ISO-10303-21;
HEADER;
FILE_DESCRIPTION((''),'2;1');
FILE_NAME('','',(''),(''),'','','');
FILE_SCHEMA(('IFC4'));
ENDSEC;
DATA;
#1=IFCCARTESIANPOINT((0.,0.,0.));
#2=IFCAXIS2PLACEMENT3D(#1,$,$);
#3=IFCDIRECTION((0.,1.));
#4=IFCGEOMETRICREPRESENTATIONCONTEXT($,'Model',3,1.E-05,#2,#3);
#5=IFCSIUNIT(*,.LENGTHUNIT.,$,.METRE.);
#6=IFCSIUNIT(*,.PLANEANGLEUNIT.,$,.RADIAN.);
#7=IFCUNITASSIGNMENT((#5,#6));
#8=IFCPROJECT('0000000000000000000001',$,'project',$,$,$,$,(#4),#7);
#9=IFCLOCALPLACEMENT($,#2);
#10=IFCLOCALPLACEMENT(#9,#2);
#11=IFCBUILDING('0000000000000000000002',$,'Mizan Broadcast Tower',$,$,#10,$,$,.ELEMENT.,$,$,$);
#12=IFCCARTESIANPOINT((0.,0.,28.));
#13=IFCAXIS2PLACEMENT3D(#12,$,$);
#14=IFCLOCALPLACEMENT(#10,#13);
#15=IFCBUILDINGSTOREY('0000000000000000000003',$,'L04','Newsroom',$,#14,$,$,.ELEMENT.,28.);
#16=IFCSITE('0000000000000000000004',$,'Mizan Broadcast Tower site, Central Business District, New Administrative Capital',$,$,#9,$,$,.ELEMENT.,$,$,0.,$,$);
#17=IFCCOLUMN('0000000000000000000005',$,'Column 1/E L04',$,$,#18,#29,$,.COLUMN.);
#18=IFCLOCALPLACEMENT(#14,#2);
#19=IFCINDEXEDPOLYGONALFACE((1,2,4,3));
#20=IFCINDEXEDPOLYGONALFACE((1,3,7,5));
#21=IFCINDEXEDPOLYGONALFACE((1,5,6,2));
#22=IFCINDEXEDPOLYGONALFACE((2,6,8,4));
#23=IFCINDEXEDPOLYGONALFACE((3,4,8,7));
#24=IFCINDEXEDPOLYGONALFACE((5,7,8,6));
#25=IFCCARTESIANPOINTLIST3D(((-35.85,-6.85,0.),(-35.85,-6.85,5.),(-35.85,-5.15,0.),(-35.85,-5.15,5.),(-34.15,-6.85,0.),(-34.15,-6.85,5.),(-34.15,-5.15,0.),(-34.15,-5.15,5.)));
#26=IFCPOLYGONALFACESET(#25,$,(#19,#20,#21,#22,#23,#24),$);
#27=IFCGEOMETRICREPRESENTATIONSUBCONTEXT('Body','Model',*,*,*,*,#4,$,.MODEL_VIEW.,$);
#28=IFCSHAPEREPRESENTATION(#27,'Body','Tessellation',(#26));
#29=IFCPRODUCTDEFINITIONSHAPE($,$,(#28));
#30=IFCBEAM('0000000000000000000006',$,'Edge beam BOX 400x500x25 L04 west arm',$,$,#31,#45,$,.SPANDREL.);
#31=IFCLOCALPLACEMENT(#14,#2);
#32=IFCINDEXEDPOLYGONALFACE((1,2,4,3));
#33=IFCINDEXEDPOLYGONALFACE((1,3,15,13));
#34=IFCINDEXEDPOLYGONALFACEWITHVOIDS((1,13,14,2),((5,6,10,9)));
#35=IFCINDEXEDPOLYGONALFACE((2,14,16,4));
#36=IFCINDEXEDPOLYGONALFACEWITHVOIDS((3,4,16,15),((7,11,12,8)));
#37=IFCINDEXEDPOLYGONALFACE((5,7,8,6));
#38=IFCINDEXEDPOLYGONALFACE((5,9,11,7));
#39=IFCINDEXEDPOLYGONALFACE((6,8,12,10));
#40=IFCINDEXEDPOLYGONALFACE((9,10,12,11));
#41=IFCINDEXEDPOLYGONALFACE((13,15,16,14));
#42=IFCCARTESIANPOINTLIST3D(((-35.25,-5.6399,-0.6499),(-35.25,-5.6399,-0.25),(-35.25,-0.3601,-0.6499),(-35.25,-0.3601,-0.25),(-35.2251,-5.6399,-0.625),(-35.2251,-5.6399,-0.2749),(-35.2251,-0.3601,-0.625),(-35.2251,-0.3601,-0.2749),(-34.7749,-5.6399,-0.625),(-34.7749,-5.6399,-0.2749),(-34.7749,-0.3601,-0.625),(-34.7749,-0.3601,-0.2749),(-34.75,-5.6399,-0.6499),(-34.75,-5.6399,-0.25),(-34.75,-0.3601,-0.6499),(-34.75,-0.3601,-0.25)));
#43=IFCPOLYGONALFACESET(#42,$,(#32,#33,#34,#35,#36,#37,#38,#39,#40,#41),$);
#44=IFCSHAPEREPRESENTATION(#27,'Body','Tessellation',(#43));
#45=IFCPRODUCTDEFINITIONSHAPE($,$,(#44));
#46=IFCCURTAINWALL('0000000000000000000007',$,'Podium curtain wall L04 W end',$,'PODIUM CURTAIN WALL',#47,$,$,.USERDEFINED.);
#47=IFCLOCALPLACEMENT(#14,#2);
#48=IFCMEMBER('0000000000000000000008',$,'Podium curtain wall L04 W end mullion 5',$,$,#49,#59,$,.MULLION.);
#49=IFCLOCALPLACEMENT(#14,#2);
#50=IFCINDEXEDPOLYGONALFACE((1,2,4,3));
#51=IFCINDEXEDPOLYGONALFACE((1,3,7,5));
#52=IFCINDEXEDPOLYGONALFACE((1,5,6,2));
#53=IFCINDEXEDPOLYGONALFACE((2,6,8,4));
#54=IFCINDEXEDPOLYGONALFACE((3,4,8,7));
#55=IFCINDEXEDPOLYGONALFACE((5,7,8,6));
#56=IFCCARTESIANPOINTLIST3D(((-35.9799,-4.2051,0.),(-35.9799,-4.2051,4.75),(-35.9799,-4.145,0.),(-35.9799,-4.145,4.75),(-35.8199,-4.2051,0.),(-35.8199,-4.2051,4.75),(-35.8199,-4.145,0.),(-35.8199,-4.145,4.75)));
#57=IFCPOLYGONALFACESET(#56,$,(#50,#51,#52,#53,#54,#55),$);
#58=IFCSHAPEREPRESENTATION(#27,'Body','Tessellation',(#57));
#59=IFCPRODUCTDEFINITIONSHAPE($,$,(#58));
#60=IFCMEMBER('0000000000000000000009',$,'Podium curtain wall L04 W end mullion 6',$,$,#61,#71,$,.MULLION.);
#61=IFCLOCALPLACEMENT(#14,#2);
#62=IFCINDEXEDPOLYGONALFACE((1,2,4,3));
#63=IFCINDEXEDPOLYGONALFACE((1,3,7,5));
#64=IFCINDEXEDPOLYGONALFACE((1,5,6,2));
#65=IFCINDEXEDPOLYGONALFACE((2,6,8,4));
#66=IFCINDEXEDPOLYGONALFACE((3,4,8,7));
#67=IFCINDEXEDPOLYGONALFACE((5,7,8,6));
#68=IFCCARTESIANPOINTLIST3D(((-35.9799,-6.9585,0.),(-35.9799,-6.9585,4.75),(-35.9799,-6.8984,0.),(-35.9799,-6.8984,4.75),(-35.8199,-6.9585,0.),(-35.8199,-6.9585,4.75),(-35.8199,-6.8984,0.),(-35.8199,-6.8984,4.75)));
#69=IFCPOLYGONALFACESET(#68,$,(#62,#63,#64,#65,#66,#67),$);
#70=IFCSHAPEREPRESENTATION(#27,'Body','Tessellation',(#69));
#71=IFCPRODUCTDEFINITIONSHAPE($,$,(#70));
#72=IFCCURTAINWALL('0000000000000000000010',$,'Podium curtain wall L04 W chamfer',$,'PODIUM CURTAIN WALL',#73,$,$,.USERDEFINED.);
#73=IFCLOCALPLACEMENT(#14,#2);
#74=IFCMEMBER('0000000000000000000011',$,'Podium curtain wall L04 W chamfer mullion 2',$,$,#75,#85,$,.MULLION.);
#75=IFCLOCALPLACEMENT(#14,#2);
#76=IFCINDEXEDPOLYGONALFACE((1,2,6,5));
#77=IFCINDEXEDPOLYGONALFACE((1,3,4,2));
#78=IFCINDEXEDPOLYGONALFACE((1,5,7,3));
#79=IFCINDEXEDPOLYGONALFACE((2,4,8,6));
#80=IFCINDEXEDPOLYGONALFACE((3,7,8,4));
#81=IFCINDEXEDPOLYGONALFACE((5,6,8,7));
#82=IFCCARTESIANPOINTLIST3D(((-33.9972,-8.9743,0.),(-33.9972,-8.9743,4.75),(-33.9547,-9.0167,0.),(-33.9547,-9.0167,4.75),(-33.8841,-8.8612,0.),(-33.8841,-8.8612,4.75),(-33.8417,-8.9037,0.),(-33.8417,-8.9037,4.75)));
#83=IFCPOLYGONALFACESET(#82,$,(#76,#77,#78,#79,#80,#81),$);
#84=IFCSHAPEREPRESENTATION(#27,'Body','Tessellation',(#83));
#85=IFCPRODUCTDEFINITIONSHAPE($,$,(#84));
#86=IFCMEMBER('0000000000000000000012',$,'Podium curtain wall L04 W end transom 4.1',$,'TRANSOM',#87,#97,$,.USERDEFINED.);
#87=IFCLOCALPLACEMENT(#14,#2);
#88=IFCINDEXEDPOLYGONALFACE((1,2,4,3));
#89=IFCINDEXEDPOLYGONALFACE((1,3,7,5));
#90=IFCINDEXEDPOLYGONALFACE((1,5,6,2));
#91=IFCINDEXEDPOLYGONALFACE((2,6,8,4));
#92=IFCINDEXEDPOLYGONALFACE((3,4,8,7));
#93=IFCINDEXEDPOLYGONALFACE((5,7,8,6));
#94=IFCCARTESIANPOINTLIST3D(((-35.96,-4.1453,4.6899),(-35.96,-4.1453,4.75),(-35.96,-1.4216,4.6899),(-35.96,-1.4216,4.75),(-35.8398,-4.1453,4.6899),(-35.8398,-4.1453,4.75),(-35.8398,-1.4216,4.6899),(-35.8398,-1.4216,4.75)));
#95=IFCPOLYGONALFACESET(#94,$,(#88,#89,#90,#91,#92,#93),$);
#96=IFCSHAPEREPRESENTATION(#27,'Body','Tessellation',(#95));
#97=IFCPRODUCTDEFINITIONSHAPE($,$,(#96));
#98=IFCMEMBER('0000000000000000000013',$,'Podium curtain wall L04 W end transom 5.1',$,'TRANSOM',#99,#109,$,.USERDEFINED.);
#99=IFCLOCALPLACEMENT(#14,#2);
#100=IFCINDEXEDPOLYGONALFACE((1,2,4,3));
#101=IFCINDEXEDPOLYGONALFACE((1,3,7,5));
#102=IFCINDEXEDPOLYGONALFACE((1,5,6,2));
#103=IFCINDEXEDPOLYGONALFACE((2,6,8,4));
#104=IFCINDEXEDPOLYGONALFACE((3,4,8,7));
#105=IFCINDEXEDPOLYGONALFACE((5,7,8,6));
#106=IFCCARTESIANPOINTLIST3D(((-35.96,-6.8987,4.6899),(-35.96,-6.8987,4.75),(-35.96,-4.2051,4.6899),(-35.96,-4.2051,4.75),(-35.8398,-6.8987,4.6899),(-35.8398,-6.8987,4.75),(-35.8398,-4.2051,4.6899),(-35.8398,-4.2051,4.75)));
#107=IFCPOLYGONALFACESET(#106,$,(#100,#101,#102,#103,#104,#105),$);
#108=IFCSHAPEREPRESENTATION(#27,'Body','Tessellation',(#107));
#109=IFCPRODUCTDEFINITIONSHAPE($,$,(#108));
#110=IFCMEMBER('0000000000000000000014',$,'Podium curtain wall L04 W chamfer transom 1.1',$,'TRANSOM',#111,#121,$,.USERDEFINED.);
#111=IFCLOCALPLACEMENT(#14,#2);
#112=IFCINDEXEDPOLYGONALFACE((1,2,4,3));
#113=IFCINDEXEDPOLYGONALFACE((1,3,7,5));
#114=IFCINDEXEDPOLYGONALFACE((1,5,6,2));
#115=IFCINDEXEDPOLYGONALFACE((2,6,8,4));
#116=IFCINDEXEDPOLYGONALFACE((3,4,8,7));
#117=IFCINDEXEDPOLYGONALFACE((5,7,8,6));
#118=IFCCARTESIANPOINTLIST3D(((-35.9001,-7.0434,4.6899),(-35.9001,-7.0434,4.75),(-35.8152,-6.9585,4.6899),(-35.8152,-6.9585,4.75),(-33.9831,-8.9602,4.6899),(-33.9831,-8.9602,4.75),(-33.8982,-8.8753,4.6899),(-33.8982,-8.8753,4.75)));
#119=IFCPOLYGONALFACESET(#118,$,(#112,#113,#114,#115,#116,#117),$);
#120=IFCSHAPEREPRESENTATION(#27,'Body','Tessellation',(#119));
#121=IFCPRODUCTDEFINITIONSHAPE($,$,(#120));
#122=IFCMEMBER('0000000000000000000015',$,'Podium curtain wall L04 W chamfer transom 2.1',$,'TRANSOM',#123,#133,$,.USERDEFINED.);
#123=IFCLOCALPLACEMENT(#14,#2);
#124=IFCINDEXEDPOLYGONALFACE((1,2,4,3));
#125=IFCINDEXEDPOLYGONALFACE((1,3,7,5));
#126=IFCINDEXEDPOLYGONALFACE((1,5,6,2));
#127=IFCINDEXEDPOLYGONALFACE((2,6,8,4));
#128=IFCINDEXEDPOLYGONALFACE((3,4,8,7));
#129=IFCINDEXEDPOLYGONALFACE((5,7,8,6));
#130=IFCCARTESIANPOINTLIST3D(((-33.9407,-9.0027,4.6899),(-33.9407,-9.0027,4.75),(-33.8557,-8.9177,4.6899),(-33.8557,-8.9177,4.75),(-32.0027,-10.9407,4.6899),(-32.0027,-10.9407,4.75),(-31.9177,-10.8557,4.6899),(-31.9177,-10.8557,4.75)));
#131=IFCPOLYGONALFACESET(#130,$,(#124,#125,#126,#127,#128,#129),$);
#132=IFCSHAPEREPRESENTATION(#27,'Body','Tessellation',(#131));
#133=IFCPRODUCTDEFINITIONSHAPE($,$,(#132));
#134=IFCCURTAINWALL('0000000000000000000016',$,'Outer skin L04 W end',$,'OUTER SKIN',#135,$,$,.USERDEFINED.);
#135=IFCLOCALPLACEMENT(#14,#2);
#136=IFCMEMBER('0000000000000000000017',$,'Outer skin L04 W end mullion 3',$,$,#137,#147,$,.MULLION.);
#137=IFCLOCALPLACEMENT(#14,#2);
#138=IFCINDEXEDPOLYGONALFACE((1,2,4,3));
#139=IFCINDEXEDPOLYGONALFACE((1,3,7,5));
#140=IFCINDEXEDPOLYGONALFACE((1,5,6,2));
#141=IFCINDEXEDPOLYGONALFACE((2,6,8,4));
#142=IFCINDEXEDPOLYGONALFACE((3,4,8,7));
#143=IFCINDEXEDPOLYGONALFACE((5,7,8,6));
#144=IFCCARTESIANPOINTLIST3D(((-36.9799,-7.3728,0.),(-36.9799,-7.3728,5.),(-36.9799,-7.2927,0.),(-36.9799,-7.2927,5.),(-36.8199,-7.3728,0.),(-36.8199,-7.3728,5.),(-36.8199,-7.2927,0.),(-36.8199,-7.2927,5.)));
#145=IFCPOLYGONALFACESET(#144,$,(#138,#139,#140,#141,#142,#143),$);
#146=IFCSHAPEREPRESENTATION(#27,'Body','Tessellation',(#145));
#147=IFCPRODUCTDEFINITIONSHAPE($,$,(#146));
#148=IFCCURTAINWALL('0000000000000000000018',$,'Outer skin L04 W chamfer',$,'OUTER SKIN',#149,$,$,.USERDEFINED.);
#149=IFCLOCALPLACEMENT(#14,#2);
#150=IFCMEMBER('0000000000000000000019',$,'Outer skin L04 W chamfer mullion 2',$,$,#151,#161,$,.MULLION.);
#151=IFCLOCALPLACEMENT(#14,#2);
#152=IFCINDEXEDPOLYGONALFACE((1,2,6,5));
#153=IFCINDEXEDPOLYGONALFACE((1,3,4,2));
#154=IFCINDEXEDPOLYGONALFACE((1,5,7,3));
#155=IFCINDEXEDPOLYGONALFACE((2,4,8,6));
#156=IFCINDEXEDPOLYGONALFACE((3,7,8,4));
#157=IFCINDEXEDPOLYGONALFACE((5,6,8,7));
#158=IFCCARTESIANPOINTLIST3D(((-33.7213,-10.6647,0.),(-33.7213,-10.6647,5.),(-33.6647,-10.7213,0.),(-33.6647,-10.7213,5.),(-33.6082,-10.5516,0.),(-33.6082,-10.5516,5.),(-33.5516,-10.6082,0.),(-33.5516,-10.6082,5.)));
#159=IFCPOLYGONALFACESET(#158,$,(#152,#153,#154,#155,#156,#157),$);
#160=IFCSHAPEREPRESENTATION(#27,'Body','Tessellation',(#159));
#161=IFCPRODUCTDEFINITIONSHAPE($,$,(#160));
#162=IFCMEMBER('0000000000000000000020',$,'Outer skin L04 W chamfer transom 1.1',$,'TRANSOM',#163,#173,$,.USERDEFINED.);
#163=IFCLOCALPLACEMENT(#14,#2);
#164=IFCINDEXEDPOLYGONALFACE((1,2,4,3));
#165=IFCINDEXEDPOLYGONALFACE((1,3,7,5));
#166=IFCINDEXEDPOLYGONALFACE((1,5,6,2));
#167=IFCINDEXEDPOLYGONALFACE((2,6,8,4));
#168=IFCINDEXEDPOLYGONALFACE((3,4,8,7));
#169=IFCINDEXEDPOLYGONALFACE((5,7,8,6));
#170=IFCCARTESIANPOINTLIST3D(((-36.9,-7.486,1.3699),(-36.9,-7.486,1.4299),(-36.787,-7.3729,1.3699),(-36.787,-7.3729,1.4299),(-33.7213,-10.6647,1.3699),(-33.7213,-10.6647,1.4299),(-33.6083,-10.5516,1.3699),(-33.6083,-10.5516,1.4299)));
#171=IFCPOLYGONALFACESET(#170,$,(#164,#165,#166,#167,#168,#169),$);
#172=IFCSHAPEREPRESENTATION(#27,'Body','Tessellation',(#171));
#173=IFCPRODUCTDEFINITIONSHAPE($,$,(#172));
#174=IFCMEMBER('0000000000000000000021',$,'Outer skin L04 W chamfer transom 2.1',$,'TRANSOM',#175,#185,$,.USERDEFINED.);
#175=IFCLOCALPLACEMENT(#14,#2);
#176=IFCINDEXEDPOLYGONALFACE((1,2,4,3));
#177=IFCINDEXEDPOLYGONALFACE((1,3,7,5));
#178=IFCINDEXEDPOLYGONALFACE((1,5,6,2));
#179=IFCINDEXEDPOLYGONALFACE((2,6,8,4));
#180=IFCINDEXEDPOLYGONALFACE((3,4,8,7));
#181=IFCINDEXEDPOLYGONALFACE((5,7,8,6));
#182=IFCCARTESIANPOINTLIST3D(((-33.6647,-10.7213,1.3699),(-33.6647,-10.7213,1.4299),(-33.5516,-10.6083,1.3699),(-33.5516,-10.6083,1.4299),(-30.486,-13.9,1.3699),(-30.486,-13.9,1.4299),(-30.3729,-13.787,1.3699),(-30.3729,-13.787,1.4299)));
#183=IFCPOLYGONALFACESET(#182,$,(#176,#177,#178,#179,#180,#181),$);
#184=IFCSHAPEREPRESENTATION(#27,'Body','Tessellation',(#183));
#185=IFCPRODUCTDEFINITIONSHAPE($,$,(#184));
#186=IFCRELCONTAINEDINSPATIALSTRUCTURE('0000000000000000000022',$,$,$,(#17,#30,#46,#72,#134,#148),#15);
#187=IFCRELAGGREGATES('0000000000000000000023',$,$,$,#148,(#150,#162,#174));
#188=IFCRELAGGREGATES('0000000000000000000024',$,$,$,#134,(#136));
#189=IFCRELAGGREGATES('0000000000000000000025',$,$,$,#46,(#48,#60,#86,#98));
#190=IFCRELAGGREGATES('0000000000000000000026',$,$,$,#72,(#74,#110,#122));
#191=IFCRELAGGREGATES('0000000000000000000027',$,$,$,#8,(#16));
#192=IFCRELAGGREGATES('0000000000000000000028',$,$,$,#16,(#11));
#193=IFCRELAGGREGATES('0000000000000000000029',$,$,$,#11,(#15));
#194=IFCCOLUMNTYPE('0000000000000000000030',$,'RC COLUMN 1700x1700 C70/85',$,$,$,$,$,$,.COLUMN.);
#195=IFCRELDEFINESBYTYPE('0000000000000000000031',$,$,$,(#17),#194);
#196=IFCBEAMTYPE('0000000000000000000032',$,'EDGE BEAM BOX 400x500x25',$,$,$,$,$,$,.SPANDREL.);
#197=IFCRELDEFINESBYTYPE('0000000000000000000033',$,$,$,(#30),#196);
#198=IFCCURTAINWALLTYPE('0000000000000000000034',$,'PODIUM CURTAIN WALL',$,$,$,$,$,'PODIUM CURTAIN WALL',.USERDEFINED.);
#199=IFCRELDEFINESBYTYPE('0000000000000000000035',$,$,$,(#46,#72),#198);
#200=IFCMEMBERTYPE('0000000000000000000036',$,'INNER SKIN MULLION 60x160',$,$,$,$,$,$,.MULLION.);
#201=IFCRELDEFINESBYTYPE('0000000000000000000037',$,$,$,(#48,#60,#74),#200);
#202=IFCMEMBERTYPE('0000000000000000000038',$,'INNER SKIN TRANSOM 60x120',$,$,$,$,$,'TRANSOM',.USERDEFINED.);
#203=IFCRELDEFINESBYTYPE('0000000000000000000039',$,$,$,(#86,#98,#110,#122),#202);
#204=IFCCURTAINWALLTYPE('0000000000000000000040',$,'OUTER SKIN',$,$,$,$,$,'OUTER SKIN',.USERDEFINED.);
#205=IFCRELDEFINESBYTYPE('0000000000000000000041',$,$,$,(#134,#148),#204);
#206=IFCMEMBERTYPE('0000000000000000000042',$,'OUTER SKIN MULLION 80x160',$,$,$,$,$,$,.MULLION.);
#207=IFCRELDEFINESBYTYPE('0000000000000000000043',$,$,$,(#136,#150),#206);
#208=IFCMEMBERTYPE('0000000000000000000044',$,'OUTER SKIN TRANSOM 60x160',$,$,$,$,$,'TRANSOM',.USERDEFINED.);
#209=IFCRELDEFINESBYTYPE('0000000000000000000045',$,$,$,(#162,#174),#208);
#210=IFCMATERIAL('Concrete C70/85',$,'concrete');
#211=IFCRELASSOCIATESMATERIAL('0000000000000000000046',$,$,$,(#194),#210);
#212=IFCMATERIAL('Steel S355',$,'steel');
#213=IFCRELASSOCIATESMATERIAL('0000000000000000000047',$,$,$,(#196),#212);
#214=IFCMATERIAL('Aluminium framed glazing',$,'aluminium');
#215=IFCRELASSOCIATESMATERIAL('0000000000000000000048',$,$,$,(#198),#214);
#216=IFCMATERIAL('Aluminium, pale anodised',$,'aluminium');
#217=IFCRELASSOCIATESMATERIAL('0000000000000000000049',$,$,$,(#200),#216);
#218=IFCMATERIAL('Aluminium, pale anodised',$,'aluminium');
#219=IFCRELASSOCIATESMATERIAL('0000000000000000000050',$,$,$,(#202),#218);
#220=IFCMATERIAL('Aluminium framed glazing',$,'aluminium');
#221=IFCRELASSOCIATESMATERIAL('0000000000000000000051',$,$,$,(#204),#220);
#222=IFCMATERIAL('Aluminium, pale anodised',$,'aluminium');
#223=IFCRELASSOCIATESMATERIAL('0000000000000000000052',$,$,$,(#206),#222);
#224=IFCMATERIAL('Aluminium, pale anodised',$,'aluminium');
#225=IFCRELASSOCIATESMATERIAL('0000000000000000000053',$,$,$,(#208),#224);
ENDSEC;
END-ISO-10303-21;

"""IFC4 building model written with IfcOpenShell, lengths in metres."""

from ifc_helpers import new_model, si_unit, direction, frame, origin, origin_2d, place, context, subcontext, project, spatial, rectangle, hollow_rectangle, extrude, material, material_profile, profile_set, type_object, element, aggregate, save


model = new_model("IFC4")

# Units and contexts
model_context = context("Model", 3, precision=1e-05, world=origin(), true_north=direction((0.0, 1.0)))
body_context = subcontext(model_context, "Body", "Model", "MODEL_VIEW")
ifc_project = project(units=[si_unit("LENGTHUNIT", "METRE"), si_unit("PLANEANGLEUNIT", "RADIAN")], contexts=[model_context])

# Site, building, storey
site_placement = place(None, origin())
site = spatial("IfcSite", under=ifc_project, at=site_placement, Name="Mizan Broadcast Tower site, Central Business District, New Administrative Capital", CompositionType="ELEMENT", RefElevation=0.0)
building_placement = place(site_placement, origin())
building = spatial("IfcBuilding", under=site, at=building_placement, Name="Mizan Broadcast Tower", CompositionType="ELEMENT")
storey_placement = place(building_placement, frame((0.0, 0.0, 28.0)))
storey = spatial("IfcBuildingStorey", under=building, at=storey_placement, Name="L04", Description="Newsroom", CompositionType="ELEMENT", Elevation=28.0)

# Column
ifc_material_1 = material(Name="Concrete C70/85", Category="concrete")
ifc_material_profile_1 = material_profile(ifc_material_1, rectangle(XDim=1.7, YDim=1.7, at=origin_2d()), Name="RC 1700x1700")
ifc_profile_set_1 = profile_set([ifc_material_profile_1], Name="Concrete C70/85")
column_type = type_object("IfcColumnType", Name="RC COLUMN 1700x1700 C70/85", PredefinedType="COLUMN", material=ifc_profile_set_1)
column_placement = place(storey_placement, frame((-35.0, -6.0, 0.0), z_axis=(0.0, 0.0, 1.0), x_axis=(1.0, 0.0, 0.0)))
element("IfcColumn", 1, at=column_placement, inside=storey, type_object=column_type, Name="Column 1/E L04", PredefinedType="COLUMN", context=body_context, shape_type="SweptSolid", body=[
    extrude(rectangle(XDim=1.7, YDim=1.7, at=origin_2d()), origin(), (0.0, 0.0, 1.0), 5.0),
])

# Beam
ifc_material_2 = material(Name="Steel S355", Category="steel")
ifc_material_profile_2 = material_profile(ifc_material_2, hollow_rectangle(XDim=0.5, YDim=0.3999, WallThickness=0.0249, at=origin_2d()), Name="BOX 400x500x25")
ifc_profile_set_2 = profile_set([ifc_material_profile_2], Name="Steel S355")
beam_type = type_object("IfcBeamType", Name="EDGE BEAM BOX 400x500x25", PredefinedType="SPANDREL", material=ifc_profile_set_2)
beam_placement = place(storey_placement, frame((-35.0, -5.6399, -0.45), z_axis=(0.0, 1.0, 0.0), x_axis=(-1.0, 0.0, 0.0)))
element("IfcBeam", 2, at=beam_placement, inside=storey, type_object=beam_type, Name="Edge beam BOX 400x500x25 L04 west arm", PredefinedType="SPANDREL", context=body_context, shape_type="SweptSolid", body=[
    extrude(hollow_rectangle(XDim=0.5, YDim=0.3999, WallThickness=0.0249, at=origin_2d()), origin(), (0.0, 0.0, 1.0), 5.2798),
])

# Curtain wall, members
ifc_material_3 = material(Name="Aluminium framed glazing", Category="aluminium")
curtain_wall_type_1 = type_object("IfcCurtainWallType", Name="PODIUM CURTAIN WALL", ElementType="PODIUM CURTAIN WALL", PredefinedType="USERDEFINED", material=ifc_material_3)
curtain_wall_1_placement = place(storey_placement, origin())
curtain_wall_1 = element("IfcCurtainWall", 3, at=curtain_wall_1_placement, inside=storey, type_object=curtain_wall_type_1, Name="Podium curtain wall L04 W end", ObjectType="PODIUM CURTAIN WALL", PredefinedType="USERDEFINED")
ifc_material_4 = material(Name="Aluminium, pale anodised", Category="aluminium")
ifc_material_profile_3 = material_profile(ifc_material_4, rectangle(XDim=0.1599, YDim=0.0601, at=origin_2d()), Name="MULLION 160x60")
ifc_profile_set_3 = profile_set([ifc_material_profile_3], Name="Aluminium, pale anodised")
member_type_1 = type_object("IfcMemberType", Name="INNER SKIN MULLION 60x160", PredefinedType="MULLION", material=ifc_profile_set_3)
member_1_placement = place(storey_placement, frame((-35.8999, -4.175, 0.0), z_axis=(0.0, 0.0, 1.0), x_axis=(1.0, 0.0, 0.0)))
member_1 = element("IfcMember", 4, at=member_1_placement, type_object=member_type_1, Name="Podium curtain wall L04 W end mullion 5", PredefinedType="MULLION", context=body_context, shape_type="SweptSolid", body=[
    extrude(rectangle(XDim=0.1599, YDim=0.0601, at=origin_2d()), origin(), (0.0, 0.0, 1.0), 4.75),
])
member_2_placement = place(storey_placement, frame((-35.8999, -6.9285, 0.0), z_axis=(0.0, 0.0, 1.0), x_axis=(1.0, 0.0, 0.0)))
member_2 = element("IfcMember", 5, at=member_2_placement, type_object=member_type_1, Name="Podium curtain wall L04 W end mullion 6", PredefinedType="MULLION", context=body_context, shape_type="SweptSolid", body=[
    extrude(rectangle(XDim=0.1599, YDim=0.0601, at=origin_2d()), origin(), (0.0, 0.0, 1.0), 4.75),
])

# Curtain wall, member
curtain_wall_2_placement = place(storey_placement, origin())
curtain_wall_2 = element("IfcCurtainWall", 6, at=curtain_wall_2_placement, inside=storey, type_object=curtain_wall_type_1, Name="Podium curtain wall L04 W chamfer", ObjectType="PODIUM CURTAIN WALL", PredefinedType="USERDEFINED")
member_3_placement = place(storey_placement, frame((-33.9194, -8.939, 0.0), z_axis=(0.0, 0.0, 1.0), x_axis=(0.707107, 0.707107, 0.0)))
member_3 = element("IfcMember", 7, at=member_3_placement, type_object=member_type_1, Name="Podium curtain wall L04 W chamfer mullion 2", PredefinedType="MULLION", context=body_context, shape_type="SweptSolid", body=[
    extrude(rectangle(XDim=0.1599, YDim=0.0601, at=origin_2d()), origin(), (0.0, 0.0, 1.0), 4.75),
])

# Members
ifc_material_5 = material(Name="Aluminium, pale anodised", Category="aluminium")
ifc_material_profile_4 = material_profile(ifc_material_5, rectangle(XDim=0.1201, YDim=0.0601, at=origin_2d()), Name="TRANSOM 120x60")
ifc_profile_set_4 = profile_set([ifc_material_profile_4], Name="Aluminium, pale anodised")
member_type_2 = type_object("IfcMemberType", Name="INNER SKIN TRANSOM 60x120", ElementType="TRANSOM", PredefinedType="USERDEFINED", material=ifc_profile_set_4)
member_4_placement = place(storey_placement, frame((-35.8999, -1.4216, 4.72), z_axis=(0.0, -1.0, 0.0), x_axis=(1.0, 0.0, 0.0)))
member_4 = element("IfcMember", 8, at=member_4_placement, type_object=member_type_2, Name="Podium curtain wall L04 W end transom 4.1", ObjectType="TRANSOM", PredefinedType="USERDEFINED", context=body_context, shape_type="SweptSolid", body=[
    extrude(rectangle(XDim=0.1201, YDim=0.0601, at=origin_2d()), origin(), (0.0, 0.0, 1.0), 2.7236),
])
member_5_placement = place(storey_placement, frame((-35.8999, -4.2051, 4.72), z_axis=(0.0, -1.0, 0.0), x_axis=(1.0, 0.0, 0.0)))
member_5 = element("IfcMember", 9, at=member_5_placement, type_object=member_type_2, Name="Podium curtain wall L04 W end transom 5.1", ObjectType="TRANSOM", PredefinedType="USERDEFINED", context=body_context, shape_type="SweptSolid", body=[
    extrude(rectangle(XDim=0.1201, YDim=0.0601, at=origin_2d()), origin(), (0.0, 0.0, 1.0), 2.6936),
])
member_6_placement = place(storey_placement, frame((-35.8577, -7.001, 4.72), z_axis=(0.707152, -0.707062, 0.0), x_axis=(0.707062, 0.707152, 0.0)))
member_6 = element("IfcMember", 10, at=member_6_placement, type_object=member_type_2, Name="Podium curtain wall L04 W chamfer transom 1.1", ObjectType="TRANSOM", PredefinedType="USERDEFINED", context=body_context, shape_type="SweptSolid", body=[
    extrude(rectangle(XDim=0.1201, YDim=0.0601, at=origin_2d()), origin(), (0.0, 0.0, 1.0), 2.7109),
])
member_7_placement = place(storey_placement, frame((-33.8982, -8.9602, 4.72), z_axis=(0.707107, -0.707107, 0.0), x_axis=(0.707107, 0.707107, 0.0)))
member_7 = element("IfcMember", 11, at=member_7_placement, type_object=member_type_2, Name="Podium curtain wall L04 W chamfer transom 2.1", ObjectType="TRANSOM", PredefinedType="USERDEFINED", context=body_context, shape_type="SweptSolid", body=[
    extrude(rectangle(XDim=0.1201, YDim=0.0601, at=origin_2d()), origin(), (0.0, 0.0, 1.0), 2.7407),
])

# Curtain wall, member
ifc_material_6 = material(Name="Aluminium framed glazing", Category="aluminium")
curtain_wall_type_2 = type_object("IfcCurtainWallType", Name="OUTER SKIN", ElementType="OUTER SKIN", PredefinedType="USERDEFINED", material=ifc_material_6)
curtain_wall_3_placement = place(storey_placement, origin())
curtain_wall_3 = element("IfcCurtainWall", 12, at=curtain_wall_3_placement, inside=storey, type_object=curtain_wall_type_2, Name="Outer skin L04 W end", ObjectType="OUTER SKIN", PredefinedType="USERDEFINED")
ifc_material_7 = material(Name="Aluminium, pale anodised", Category="aluminium")
ifc_material_profile_5 = material_profile(ifc_material_7, rectangle(XDim=0.1599, YDim=0.0801, at=origin_2d()), Name="MULLION 160x80")
ifc_profile_set_5 = profile_set([ifc_material_profile_5], Name="Aluminium, pale anodised")
member_type_3 = type_object("IfcMemberType", Name="OUTER SKIN MULLION 80x160", PredefinedType="MULLION", material=ifc_profile_set_5)
member_8_placement = place(storey_placement, frame((-36.8999, -7.3328, 0.0), z_axis=(0.0, 0.0, 1.0), x_axis=(1.0, 0.0, 0.0)))
member_8 = element("IfcMember", 13, at=member_8_placement, type_object=member_type_3, Name="Outer skin L04 W end mullion 3", PredefinedType="MULLION", context=body_context, shape_type="SweptSolid", body=[
    extrude(rectangle(XDim=0.1599, YDim=0.0801, at=origin_2d()), origin(), (0.0, 0.0, 1.0), 5.0),
])

# Curtain wall, members
curtain_wall_4_placement = place(storey_placement, origin())
curtain_wall_4 = element("IfcCurtainWall", 14, at=curtain_wall_4_placement, inside=storey, type_object=curtain_wall_type_2, Name="Outer skin L04 W chamfer", ObjectType="OUTER SKIN", PredefinedType="USERDEFINED")
member_9_placement = place(storey_placement, frame((-33.6365, -10.6365, 0.0), z_axis=(0.0, 0.0, 1.0), x_axis=(0.707107, 0.707107, 0.0)))
member_9 = element("IfcMember", 15, at=member_9_placement, type_object=member_type_3, Name="Outer skin L04 W chamfer mullion 2", PredefinedType="MULLION", context=body_context, shape_type="SweptSolid", body=[
    extrude(rectangle(XDim=0.1599, YDim=0.0801, at=origin_2d()), origin(), (0.0, 0.0, 1.0), 5.0),
])
ifc_material_8 = material(Name="Aluminium, pale anodised", Category="aluminium")
ifc_material_profile_6 = material_profile(ifc_material_8, rectangle(XDim=0.1599, YDim=0.0601, at=origin_2d()), Name="TRANSOM 160x60")
ifc_profile_set_6 = profile_set([ifc_material_profile_6], Name="Aluminium, pale anodised")
member_type_4 = type_object("IfcMemberType", Name="OUTER SKIN TRANSOM 60x160", ElementType="TRANSOM", PredefinedType="USERDEFINED", material=ifc_profile_set_6)
member_10_placement = place(storey_placement, frame((-36.8435, -7.4294, 1.3999), z_axis=(0.707107, -0.707107, 0.0), x_axis=(0.707107, 0.707107, 0.0)))
member_10 = element("IfcMember", 16, at=member_10_placement, type_object=member_type_4, Name="Outer skin L04 W chamfer transom 1.1", ObjectType="TRANSOM", PredefinedType="USERDEFINED", context=body_context, shape_type="SweptSolid", body=[
    extrude(rectangle(XDim=0.1599, YDim=0.0601, at=origin_2d()), origin(), (0.0, 0.0, 1.0), 4.4954),
])
member_11_placement = place(storey_placement, frame((-33.6082, -10.6648, 1.3999), z_axis=(0.707107, -0.707107, 0.0), x_axis=(0.707107, 0.707107, 0.0)))
member_11 = element("IfcMember", 17, at=member_11_placement, type_object=member_type_4, Name="Outer skin L04 W chamfer transom 2.1", ObjectType="TRANSOM", PredefinedType="USERDEFINED", context=body_context, shape_type="SweptSolid", body=[
    extrude(rectangle(XDim=0.1599, YDim=0.0601, at=origin_2d()), origin(), (0.0, 0.0, 1.0), 4.4954),
])
aggregate(curtain_wall_4, [member_9, member_10, member_11])

aggregate(curtain_wall_3, [member_8])
aggregate(curtain_wall_1, [member_1, member_2, member_4, member_5])
aggregate(curtain_wall_2, [member_3, member_6, member_7])

save(model, "model.ifc")
